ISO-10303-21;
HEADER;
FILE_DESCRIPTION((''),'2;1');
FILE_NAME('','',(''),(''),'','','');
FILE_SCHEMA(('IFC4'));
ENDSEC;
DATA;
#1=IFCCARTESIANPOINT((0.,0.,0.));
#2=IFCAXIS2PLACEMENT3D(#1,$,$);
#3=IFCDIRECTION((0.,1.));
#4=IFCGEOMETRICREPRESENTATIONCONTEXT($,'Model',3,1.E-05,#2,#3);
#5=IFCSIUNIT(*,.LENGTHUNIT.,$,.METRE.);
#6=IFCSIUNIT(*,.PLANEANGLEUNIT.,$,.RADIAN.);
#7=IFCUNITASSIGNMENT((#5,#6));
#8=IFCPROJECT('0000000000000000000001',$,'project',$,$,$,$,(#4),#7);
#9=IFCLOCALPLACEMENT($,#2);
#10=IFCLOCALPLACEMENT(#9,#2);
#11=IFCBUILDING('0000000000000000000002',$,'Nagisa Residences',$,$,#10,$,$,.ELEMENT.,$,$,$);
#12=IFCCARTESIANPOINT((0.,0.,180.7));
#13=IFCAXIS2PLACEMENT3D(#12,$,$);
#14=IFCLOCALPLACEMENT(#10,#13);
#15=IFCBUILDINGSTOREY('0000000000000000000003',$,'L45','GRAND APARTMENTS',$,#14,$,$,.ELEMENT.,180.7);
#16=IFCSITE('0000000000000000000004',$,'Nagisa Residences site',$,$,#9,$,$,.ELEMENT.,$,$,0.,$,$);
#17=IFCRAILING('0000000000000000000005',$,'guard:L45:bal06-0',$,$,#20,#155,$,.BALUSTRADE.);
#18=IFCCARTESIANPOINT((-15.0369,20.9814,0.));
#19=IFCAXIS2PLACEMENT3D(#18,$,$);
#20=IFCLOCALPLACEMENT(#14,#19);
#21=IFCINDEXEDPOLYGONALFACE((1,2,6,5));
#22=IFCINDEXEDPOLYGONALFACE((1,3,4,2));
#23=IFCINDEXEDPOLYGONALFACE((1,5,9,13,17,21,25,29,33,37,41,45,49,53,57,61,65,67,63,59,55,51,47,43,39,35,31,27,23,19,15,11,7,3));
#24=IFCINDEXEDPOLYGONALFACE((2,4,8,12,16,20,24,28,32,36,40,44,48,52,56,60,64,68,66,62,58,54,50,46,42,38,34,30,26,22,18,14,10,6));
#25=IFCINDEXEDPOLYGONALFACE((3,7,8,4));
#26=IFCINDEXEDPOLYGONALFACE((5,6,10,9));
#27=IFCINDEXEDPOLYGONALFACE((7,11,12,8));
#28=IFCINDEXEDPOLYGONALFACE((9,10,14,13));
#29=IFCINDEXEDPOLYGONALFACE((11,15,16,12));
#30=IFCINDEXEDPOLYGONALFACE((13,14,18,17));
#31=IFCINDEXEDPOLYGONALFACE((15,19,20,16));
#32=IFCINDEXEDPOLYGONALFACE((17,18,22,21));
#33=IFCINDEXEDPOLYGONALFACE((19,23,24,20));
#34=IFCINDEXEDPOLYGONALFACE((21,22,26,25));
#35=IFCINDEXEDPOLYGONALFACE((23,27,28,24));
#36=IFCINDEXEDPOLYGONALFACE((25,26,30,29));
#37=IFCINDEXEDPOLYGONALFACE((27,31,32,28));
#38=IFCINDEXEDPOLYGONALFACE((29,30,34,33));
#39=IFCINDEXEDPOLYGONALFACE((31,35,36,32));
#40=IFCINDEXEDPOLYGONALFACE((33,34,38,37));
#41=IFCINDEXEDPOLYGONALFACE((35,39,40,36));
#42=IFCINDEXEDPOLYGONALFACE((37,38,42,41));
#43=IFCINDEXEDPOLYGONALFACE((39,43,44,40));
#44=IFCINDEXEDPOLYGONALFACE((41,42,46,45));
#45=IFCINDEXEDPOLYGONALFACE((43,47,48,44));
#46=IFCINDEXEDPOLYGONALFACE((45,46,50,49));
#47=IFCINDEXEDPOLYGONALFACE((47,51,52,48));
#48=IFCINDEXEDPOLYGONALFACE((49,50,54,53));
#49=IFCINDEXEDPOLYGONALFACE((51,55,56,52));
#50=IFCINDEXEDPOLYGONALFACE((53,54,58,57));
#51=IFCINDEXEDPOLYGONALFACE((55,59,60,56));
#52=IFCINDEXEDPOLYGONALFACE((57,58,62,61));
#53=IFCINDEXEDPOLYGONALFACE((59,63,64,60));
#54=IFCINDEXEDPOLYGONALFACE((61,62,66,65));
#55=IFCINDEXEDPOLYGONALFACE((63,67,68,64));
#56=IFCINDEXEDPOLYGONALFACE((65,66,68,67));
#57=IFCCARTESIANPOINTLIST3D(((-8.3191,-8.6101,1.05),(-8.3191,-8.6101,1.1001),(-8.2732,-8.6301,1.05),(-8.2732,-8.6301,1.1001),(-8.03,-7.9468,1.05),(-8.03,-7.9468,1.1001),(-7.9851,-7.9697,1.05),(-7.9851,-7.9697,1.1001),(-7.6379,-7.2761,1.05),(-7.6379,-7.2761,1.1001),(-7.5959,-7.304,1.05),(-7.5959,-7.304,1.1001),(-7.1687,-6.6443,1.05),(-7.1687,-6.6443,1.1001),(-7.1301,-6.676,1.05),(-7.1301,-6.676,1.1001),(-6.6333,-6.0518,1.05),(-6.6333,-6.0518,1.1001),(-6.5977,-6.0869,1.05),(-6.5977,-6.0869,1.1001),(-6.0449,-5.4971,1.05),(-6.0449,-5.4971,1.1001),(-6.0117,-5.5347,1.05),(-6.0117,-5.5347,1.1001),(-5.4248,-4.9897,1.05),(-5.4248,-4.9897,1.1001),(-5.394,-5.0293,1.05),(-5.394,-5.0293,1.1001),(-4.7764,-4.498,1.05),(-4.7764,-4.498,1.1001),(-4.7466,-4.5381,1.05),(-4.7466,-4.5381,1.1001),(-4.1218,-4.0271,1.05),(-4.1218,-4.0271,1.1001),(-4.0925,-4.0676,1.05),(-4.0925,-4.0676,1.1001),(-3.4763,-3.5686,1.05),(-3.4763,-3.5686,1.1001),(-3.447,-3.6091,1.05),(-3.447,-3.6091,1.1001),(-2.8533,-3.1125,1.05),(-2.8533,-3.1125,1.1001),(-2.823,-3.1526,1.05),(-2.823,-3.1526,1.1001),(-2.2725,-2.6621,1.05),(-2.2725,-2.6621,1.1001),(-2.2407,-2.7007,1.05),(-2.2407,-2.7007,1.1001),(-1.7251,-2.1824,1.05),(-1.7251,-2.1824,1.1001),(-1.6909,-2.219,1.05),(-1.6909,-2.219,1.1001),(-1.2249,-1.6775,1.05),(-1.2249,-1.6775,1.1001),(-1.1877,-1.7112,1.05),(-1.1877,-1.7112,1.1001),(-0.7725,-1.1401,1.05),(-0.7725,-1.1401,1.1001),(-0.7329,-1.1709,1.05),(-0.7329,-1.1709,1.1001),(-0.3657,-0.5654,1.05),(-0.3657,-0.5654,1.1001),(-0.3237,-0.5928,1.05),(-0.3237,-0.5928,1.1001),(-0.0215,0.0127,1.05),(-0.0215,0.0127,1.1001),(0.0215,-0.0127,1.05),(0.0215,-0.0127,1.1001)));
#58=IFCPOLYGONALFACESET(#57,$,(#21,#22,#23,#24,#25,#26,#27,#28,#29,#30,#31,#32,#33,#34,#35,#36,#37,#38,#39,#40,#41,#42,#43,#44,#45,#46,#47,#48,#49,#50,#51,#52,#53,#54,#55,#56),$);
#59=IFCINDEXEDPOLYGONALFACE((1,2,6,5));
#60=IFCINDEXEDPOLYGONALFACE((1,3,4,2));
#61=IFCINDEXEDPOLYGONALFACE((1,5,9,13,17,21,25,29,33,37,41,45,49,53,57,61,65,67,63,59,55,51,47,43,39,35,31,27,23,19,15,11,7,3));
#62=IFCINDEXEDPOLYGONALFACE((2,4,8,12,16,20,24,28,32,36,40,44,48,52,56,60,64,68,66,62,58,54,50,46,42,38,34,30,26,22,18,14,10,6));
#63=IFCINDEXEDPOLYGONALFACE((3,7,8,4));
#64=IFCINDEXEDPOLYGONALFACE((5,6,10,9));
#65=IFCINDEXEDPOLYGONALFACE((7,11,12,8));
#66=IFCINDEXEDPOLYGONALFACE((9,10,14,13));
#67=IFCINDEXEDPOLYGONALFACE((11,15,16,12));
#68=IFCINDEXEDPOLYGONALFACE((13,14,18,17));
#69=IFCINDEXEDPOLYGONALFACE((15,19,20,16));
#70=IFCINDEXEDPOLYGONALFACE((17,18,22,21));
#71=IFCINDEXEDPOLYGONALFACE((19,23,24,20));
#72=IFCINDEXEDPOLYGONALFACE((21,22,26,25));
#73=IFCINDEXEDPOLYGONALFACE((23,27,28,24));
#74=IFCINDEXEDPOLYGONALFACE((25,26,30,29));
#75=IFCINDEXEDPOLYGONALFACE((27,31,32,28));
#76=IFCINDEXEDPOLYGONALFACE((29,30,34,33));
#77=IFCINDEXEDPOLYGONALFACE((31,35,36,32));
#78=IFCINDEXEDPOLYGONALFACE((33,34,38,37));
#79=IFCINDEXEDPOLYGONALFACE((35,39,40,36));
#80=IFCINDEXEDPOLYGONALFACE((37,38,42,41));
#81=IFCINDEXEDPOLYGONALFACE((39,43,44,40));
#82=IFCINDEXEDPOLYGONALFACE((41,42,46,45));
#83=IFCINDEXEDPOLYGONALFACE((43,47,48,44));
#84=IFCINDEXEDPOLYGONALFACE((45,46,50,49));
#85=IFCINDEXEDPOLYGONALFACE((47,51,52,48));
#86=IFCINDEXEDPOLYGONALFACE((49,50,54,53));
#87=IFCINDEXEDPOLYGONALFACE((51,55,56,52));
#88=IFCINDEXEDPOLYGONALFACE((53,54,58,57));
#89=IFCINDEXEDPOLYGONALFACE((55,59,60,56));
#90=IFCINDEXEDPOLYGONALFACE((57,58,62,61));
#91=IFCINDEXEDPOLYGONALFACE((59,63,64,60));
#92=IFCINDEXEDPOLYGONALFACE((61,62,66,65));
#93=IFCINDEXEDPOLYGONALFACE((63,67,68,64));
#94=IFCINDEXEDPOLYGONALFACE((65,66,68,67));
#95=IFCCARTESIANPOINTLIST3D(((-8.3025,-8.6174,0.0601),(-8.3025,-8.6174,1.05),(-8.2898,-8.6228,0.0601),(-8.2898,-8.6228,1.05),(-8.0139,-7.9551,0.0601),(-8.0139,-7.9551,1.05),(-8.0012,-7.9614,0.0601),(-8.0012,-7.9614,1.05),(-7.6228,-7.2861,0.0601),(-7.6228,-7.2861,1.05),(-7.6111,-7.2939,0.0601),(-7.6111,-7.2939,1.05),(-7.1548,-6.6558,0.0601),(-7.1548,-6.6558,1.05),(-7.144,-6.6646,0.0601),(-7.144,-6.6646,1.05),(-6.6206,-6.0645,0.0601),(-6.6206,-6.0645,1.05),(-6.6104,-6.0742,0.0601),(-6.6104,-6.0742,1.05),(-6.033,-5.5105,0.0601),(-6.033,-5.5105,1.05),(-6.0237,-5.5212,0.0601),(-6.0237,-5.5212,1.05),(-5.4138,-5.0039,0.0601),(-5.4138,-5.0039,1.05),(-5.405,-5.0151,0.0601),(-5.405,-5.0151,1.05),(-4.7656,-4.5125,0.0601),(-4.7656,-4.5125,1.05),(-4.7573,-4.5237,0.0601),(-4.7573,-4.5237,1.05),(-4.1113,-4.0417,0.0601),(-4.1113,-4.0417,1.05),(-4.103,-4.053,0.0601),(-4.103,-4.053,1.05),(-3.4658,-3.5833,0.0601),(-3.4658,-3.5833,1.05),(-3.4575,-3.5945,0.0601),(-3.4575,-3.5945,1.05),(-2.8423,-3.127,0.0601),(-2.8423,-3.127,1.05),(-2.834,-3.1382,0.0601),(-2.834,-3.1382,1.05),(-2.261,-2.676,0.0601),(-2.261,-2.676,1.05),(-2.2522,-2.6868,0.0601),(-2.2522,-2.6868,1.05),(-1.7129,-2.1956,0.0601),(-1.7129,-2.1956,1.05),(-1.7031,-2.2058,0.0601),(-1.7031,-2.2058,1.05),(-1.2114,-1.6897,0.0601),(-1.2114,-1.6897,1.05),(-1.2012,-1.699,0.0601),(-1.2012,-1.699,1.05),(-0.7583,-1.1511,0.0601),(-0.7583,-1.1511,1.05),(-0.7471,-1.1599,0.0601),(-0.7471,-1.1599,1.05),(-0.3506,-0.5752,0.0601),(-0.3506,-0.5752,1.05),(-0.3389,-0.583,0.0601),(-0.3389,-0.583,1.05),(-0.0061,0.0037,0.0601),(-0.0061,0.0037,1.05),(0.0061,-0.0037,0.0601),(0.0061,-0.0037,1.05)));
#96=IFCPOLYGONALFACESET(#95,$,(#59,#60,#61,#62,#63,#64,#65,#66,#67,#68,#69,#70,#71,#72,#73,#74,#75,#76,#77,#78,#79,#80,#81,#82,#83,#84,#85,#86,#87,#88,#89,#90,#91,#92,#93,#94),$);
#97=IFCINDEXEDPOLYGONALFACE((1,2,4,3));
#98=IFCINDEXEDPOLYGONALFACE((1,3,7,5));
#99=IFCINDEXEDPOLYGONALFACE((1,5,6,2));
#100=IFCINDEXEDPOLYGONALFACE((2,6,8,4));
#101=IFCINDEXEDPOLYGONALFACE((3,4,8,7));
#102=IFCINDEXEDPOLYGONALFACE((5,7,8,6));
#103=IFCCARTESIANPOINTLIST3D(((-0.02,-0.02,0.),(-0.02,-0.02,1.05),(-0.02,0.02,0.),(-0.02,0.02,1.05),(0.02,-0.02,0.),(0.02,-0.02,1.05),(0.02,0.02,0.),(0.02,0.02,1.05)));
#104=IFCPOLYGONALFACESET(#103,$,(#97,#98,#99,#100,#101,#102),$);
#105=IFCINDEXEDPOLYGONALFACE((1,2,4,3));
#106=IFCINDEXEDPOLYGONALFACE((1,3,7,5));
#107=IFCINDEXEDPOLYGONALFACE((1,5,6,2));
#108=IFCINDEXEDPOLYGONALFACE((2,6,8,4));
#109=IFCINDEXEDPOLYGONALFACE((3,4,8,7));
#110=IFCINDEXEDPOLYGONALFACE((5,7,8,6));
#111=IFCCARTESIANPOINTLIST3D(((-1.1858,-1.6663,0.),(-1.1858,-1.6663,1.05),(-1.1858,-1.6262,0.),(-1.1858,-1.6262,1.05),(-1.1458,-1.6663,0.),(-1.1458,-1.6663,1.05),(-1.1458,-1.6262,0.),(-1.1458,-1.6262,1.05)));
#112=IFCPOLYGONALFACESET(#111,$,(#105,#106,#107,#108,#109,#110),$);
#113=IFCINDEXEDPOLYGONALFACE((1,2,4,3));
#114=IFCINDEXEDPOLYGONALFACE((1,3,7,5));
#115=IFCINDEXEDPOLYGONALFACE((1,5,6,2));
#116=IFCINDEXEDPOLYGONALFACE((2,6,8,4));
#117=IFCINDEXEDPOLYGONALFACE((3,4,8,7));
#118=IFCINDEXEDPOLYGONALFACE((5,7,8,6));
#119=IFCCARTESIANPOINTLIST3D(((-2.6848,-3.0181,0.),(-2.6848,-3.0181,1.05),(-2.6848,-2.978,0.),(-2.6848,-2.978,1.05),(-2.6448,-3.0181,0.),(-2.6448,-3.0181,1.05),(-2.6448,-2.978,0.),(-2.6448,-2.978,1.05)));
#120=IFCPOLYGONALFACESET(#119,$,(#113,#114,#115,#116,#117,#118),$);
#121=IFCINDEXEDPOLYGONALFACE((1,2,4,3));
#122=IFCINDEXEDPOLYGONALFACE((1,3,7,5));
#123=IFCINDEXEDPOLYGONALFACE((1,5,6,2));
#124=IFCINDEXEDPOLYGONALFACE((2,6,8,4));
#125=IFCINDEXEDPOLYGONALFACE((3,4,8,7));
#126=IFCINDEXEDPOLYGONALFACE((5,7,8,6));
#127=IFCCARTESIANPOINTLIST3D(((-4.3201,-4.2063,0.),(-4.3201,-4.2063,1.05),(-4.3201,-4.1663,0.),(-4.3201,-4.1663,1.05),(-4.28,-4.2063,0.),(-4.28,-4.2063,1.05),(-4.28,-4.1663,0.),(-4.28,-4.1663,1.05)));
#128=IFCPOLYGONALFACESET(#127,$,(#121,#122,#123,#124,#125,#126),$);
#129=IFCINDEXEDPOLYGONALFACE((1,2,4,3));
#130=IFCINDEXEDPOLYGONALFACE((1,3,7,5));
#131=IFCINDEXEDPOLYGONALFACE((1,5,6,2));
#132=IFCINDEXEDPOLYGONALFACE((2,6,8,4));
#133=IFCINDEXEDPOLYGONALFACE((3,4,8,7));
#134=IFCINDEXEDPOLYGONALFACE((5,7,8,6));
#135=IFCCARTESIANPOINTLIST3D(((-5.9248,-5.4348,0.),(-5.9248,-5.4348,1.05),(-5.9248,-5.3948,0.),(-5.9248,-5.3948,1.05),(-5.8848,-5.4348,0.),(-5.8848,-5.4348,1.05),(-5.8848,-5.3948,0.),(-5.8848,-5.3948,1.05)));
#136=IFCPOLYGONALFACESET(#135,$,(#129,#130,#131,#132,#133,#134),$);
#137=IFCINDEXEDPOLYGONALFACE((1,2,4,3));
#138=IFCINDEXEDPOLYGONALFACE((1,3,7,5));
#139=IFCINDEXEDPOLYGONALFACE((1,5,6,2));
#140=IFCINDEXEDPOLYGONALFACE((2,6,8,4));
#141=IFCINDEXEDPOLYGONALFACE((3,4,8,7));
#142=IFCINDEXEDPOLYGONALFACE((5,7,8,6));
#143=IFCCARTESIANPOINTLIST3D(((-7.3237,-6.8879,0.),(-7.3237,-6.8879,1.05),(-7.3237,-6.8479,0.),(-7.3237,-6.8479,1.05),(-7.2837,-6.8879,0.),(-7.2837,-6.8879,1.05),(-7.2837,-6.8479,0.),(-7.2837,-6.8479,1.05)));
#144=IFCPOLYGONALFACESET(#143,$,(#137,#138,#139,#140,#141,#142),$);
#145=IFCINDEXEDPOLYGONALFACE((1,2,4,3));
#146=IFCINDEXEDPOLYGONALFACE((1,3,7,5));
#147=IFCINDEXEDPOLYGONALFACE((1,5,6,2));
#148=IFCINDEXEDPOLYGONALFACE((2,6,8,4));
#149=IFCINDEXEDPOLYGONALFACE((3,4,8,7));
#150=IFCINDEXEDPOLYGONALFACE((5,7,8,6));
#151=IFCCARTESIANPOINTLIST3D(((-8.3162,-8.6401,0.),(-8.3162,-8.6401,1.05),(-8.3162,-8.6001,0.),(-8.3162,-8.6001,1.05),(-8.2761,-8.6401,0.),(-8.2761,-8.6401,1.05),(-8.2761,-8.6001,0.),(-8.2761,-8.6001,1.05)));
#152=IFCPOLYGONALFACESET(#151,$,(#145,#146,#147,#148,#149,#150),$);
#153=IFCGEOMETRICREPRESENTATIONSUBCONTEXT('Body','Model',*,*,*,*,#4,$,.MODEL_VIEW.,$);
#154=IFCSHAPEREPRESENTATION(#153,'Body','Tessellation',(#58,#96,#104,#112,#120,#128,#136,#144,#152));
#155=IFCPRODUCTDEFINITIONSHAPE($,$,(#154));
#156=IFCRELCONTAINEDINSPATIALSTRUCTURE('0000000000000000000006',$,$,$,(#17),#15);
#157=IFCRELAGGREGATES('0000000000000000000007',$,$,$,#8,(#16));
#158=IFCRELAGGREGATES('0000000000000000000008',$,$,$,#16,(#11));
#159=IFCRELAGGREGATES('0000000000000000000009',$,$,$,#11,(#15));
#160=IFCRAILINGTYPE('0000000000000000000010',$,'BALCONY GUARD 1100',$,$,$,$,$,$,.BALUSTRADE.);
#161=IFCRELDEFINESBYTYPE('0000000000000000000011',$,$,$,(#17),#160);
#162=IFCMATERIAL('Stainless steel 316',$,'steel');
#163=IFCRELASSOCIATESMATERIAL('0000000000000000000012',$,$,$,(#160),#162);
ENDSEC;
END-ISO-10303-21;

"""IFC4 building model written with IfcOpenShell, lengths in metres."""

from ifc_helpers import new_model, si_unit, direction, frame, origin, origin_2d, place, context, subcontext, project, spatial, polyline, rectangle, outline, extrude, material, type_object, element, save


model = new_model("IFC4")

# Units and contexts
model_context = context("Model", 3, precision=1e-05, world=origin(), true_north=direction((0.0, 1.0)))
body_context = subcontext(model_context, "Body", "Model", "MODEL_VIEW")
ifc_project = project(units=[si_unit("LENGTHUNIT", "METRE"), si_unit("PLANEANGLEUNIT", "RADIAN")], contexts=[model_context])

# Site, building, storey
site_placement = place(None, origin())
site = spatial("IfcSite", under=ifc_project, at=site_placement, Name="Nagisa Residences site", CompositionType="ELEMENT", RefElevation=0.0)
building_placement = place(site_placement, origin())
building = spatial("IfcBuilding", under=site, at=building_placement, Name="Nagisa Residences", CompositionType="ELEMENT")
storey_placement = place(building_placement, frame((0.0, 0.0, 180.7)))
storey = spatial("IfcBuildingStorey", under=building, at=storey_placement, Name="L45", Description="GRAND APARTMENTS", CompositionType="ELEMENT", Elevation=180.7)

# Railing
ifc_material_1 = material(Name="Stainless steel 316", Category="steel")
railing_type = type_object("IfcRailingType", Name="BALCONY GUARD 1100", PredefinedType="BALUSTRADE", material=ifc_material_1)
railing_1_placement = place(storey_placement, frame((-15.0369, 20.9814, 0.0)))
element("IfcRailing", 1, at=railing_1_placement, inside=storey, type_object=railing_type, Name="guard:L45:bal06-0", PredefinedType="BALUSTRADE", context=body_context, shape_type="SweptSolid", body=[
    extrude(outline(polyline([(-0.3237, -0.5928), (0.0215, -0.0127), (-0.0215, 0.0127), (-0.3657, -0.5654), (-0.7725, -1.1401), (-1.2249, -1.6775), (-1.7251, -2.1824), (-2.2725, -2.6621), (-2.8533, -3.1125), (-3.4763, -3.5686), (-4.1218, -4.0271), (-4.7764, -4.498), (-5.4248, -4.9897), (-6.0449, -5.4971), (-6.6333, -6.0518), (-7.1687, -6.6443), (-7.6379, -7.2761), (-8.03, -7.9468), (-8.3191, -8.6101), (-8.2732, -8.6301), (-7.9851, -7.9697), (-7.5959, -7.304), (-7.1301, -6.676), (-6.5977, -6.0869), (-6.0117, -5.5347), (-5.394, -5.0293), (-4.7466, -4.5381), (-4.0925, -4.0676), (-3.447, -3.6091), (-2.823, -3.1526), (-2.2407, -2.7007), (-1.6909, -2.219), (-1.1877, -1.7112), (-0.7329, -1.1709), (-0.3237, -0.5928)])), frame((0.0, 0.0, 1.05)), (0.0, 0.0, 1.0), 0.05),
    extrude(outline(polyline([(-0.3389, -0.583), (0.0061, -0.0037), (-0.0061, 0.0037), (-0.3506, -0.5752), (-0.7583, -1.1511), (-1.2114, -1.6897), (-1.7129, -2.1956), (-2.261, -2.676), (-2.8423, -3.127), (-3.4658, -3.5833), (-4.1113, -4.0417), (-4.7656, -4.5125), (-5.4138, -5.0039), (-6.033, -5.5105), (-6.6206, -6.0645), (-7.1548, -6.6558), (-7.6228, -7.2861), (-8.0139, -7.9551), (-8.3025, -8.6174), (-8.2898, -8.6228), (-8.0012, -7.9614), (-7.6111, -7.2939), (-7.144, -6.6646), (-6.6104, -6.0742), (-6.0237, -5.5212), (-5.405, -5.0151), (-4.7573, -4.5237), (-4.103, -4.053), (-3.4575, -3.5945), (-2.834, -3.1382), (-2.2522, -2.6868), (-1.7031, -2.2058), (-1.2012, -1.699), (-0.7471, -1.1599), (-0.3389, -0.583)])), frame((0.0, 0.0, 0.0601)), (0.0, 0.0, 1.0), 0.99),
    extrude(rectangle(XDim=0.04, YDim=0.04, at=origin_2d()), origin(), (0.0, 0.0, 1.0), 1.05),
    extrude(rectangle(XDim=0.04, YDim=0.04, at=origin_2d()), frame((-1.1658, -1.6462, 0.0)), (0.0, 0.0, 1.0), 1.05),
    extrude(rectangle(XDim=0.04, YDim=0.04, at=origin_2d()), frame((-2.6648, -2.998, 0.0)), (0.0, 0.0, 1.0), 1.05),
    extrude(rectangle(XDim=0.04, YDim=0.04, at=origin_2d()), frame((-4.3, -4.1863, 0.0)), (0.0, 0.0, 1.0), 1.05),
    extrude(rectangle(XDim=0.04, YDim=0.04, at=origin_2d()), frame((-5.9048, -5.4148, 0.0)), (0.0, 0.0, 1.0), 1.05),
    extrude(rectangle(XDim=0.04, YDim=0.04, at=origin_2d()), frame((-7.3037, -6.8679, 0.0)), (0.0, 0.0, 1.0), 1.05),
    extrude(rectangle(XDim=0.04, YDim=0.04, at=origin_2d()), frame((-8.2961, -8.6201, 0.0)), (0.0, 0.0, 1.0), 1.05),
])

save(model, "model.ifc")
